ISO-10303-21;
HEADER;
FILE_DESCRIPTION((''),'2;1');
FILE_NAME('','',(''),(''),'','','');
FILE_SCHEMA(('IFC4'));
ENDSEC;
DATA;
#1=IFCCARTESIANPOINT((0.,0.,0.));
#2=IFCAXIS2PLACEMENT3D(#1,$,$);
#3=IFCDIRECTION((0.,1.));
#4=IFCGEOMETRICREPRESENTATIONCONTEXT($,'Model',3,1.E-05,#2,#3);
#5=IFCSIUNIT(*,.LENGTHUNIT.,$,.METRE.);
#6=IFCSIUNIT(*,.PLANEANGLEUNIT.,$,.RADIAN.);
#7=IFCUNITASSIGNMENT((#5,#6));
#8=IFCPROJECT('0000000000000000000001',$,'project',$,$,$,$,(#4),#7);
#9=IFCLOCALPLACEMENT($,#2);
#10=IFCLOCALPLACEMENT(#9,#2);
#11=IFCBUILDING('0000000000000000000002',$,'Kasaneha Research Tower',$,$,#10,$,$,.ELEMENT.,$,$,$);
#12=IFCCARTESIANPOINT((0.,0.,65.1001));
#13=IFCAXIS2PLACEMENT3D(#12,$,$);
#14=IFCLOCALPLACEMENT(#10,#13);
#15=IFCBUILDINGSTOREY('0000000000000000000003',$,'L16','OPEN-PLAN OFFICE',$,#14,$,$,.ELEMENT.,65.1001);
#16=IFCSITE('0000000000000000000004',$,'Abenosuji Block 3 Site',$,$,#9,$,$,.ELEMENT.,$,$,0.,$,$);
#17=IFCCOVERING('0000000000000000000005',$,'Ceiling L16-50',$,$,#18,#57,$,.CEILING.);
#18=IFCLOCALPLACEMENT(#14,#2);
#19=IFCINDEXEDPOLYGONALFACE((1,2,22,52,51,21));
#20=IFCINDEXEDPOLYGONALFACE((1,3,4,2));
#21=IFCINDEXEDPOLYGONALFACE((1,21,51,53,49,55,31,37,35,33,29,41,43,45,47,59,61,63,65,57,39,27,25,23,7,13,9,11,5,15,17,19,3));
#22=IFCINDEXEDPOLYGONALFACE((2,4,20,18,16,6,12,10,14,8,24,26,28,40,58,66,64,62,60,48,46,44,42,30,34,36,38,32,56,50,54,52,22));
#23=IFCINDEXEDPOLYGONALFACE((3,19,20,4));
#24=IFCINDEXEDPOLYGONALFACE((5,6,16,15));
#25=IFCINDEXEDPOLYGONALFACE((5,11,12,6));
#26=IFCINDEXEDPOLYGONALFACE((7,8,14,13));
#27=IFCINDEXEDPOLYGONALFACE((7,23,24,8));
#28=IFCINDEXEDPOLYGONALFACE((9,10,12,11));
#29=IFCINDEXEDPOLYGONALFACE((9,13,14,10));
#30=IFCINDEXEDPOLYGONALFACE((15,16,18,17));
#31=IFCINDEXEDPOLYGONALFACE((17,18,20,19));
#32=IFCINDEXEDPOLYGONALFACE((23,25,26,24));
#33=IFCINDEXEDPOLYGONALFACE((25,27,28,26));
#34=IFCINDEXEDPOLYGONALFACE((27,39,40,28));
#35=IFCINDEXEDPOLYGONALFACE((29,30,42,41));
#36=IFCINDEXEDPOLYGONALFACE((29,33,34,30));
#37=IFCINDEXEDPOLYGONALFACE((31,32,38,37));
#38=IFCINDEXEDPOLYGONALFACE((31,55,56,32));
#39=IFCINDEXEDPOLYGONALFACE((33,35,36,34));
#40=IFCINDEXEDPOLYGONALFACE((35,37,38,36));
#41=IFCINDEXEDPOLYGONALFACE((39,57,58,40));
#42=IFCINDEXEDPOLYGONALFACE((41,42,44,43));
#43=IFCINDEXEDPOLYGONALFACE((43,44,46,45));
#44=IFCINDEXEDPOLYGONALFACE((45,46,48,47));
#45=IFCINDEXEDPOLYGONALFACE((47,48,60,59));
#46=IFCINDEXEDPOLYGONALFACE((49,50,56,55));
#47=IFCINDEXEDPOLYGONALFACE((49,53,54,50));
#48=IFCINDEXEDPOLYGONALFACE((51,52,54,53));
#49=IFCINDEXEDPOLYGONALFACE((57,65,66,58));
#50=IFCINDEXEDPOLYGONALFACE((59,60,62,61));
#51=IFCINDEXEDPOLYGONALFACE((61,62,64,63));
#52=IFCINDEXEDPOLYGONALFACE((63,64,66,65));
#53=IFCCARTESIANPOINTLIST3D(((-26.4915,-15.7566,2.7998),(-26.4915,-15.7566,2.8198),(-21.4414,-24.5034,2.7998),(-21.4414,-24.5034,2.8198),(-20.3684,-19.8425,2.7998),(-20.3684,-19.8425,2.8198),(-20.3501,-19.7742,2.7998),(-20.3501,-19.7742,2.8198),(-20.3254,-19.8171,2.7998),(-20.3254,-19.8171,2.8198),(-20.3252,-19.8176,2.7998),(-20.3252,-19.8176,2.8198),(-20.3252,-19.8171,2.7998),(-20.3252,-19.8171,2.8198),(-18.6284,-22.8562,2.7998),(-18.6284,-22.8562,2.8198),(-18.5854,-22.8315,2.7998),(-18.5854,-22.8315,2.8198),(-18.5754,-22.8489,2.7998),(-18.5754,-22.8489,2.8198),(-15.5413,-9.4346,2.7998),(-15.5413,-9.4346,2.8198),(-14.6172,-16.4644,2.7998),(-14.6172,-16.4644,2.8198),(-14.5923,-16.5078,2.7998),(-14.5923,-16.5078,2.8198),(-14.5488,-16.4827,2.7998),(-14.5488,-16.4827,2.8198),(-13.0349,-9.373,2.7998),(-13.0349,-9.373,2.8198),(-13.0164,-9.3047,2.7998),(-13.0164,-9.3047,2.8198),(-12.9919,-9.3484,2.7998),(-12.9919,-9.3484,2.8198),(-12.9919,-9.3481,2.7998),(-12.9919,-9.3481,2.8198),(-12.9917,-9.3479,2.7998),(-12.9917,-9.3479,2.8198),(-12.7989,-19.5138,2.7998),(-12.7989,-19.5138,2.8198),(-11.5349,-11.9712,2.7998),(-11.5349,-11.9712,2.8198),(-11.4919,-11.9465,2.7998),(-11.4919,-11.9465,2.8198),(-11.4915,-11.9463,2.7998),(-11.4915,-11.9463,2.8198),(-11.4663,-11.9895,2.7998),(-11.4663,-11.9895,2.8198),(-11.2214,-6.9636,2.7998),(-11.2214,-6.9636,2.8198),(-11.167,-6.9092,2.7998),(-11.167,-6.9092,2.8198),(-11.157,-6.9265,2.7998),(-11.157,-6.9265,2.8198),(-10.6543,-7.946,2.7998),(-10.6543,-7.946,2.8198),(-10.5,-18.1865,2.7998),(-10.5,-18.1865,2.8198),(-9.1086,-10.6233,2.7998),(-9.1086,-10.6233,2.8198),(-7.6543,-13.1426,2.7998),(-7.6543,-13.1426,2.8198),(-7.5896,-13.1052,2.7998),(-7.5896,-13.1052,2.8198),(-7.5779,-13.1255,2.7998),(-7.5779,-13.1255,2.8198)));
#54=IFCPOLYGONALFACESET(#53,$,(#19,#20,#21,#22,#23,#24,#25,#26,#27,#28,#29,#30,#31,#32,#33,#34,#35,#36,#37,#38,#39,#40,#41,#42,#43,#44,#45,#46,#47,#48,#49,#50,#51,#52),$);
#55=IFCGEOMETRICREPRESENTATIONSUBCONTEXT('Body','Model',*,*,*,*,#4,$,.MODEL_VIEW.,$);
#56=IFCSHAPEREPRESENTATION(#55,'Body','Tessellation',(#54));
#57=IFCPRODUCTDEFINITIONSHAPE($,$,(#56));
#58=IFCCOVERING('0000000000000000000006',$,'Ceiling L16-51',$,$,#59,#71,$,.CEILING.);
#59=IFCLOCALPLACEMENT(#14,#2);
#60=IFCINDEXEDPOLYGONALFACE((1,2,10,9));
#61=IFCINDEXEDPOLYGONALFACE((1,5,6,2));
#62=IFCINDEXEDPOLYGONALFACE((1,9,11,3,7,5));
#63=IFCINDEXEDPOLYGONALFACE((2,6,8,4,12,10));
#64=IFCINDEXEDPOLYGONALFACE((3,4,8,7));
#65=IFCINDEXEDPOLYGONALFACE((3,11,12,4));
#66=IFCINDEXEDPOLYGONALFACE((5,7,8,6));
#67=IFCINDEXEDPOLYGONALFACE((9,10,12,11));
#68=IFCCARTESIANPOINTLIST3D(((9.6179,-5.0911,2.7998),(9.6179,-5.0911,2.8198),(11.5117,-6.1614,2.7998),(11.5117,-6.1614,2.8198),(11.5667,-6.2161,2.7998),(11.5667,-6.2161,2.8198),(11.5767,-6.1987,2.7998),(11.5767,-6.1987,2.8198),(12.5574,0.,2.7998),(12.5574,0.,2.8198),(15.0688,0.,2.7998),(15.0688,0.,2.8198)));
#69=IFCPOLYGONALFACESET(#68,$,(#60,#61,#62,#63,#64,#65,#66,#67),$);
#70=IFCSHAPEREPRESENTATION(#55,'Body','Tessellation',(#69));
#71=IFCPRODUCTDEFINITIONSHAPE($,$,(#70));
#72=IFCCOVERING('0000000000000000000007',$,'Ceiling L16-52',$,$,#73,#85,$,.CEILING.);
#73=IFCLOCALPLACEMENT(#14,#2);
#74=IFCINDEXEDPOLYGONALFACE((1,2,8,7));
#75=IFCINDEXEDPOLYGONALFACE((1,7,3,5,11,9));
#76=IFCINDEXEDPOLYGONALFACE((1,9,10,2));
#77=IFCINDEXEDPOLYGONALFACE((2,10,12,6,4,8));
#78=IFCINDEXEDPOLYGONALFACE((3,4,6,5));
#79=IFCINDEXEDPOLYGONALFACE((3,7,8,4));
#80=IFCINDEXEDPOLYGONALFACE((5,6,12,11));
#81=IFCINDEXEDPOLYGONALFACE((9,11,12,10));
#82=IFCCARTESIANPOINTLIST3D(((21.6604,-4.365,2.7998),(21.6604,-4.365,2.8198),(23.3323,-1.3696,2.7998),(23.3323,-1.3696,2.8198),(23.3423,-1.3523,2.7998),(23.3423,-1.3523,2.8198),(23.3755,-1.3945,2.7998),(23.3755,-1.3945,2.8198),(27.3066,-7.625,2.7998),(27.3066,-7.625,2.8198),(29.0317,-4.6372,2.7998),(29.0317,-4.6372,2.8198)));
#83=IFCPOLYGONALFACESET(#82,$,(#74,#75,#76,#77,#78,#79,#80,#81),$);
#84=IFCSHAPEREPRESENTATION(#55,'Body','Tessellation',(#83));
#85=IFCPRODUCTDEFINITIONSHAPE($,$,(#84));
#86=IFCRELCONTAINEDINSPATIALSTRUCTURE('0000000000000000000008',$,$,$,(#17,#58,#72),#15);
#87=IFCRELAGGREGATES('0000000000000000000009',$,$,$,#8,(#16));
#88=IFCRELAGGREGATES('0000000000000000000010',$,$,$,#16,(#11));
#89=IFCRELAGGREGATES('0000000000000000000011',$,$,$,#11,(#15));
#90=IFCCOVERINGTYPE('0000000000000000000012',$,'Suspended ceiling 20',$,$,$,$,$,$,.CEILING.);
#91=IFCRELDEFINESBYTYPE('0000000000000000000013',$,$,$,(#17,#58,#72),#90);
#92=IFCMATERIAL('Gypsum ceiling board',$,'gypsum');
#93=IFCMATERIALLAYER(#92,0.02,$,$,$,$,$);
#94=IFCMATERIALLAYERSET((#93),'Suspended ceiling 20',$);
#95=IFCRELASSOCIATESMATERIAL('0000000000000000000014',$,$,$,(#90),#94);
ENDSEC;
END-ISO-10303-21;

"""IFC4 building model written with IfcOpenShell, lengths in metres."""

from ifc_helpers import new_model, si_unit, direction, frame, origin, place, context, subcontext, project, spatial, polyline, outline, extrude, material, layer, layer_set, type_object, element, save


model = new_model("IFC4")

# Units and contexts
model_context = context("Model", 3, precision=1e-05, world=origin(), true_north=direction((0.0, 1.0)))
body_context = subcontext(model_context, "Body", "Model", "MODEL_VIEW")
ifc_project = project(units=[si_unit("LENGTHUNIT", "METRE"), si_unit("PLANEANGLEUNIT", "RADIAN")], contexts=[model_context])

# Site, building, storey
site_placement = place(None, origin())
site = spatial("IfcSite", under=ifc_project, at=site_placement, Name="Abenosuji Block 3 Site", CompositionType="ELEMENT", RefElevation=0.0)
building_placement = place(site_placement, origin())
building = spatial("IfcBuilding", under=site, at=building_placement, Name="Kasaneha Research Tower", CompositionType="ELEMENT")
storey_placement = place(building_placement, frame((0.0, 0.0, 65.1001)))
storey = spatial("IfcBuildingStorey", under=building, at=storey_placement, Name="L16", Description="OPEN-PLAN OFFICE", CompositionType="ELEMENT", Elevation=65.1001)

# Coverings
ifc_material_1 = material(Name="Gypsum ceiling board", Category="gypsum")
ifc_layer_1 = layer(ifc_material_1, 0.02)
ifc_layer_set_1 = layer_set([ifc_layer_1], Name="Suspended ceiling 20")
covering_type = type_object("IfcCoveringType", Name="Suspended ceiling 20", PredefinedType="CEILING", material=ifc_layer_set_1)
covering_1_placement = place(storey_placement, frame((0.0, 0.0, 2.7998)))
element("IfcCovering", 1, at=covering_1_placement, inside=storey, type_object=covering_type, Name="Ceiling L16-50", PredefinedType="CEILING", context=body_context, shape_type="SweptSolid", body=[
    extrude(outline(polyline([(-12.9919, -9.3481), (-12.9919, -9.3484), (-13.0349, -9.373), (-11.5349, -11.9712), (-11.4919, -11.9465), (-11.4919, -11.9465), (-11.4915, -11.9463), (-11.4663, -11.9895), (-9.1086, -10.6233), (-7.6543, -13.1426), (-7.5896, -13.1052), (-7.5779, -13.1255), (-10.5, -18.1865), (-12.8418, -19.5386), (-12.8418, -19.5386), (-12.7988, -19.5139), (-14.5488, -16.4827), (-14.5923, -16.5078), (-14.6172, -16.4644), (-20.3501, -19.7742), (-20.3252, -19.8171), (-20.3254, -19.8171), (-20.3252, -19.8176), (-20.3684, -19.8425), (-18.6284, -22.8562), (-18.5854, -22.8315), (-18.5754, -22.8489), (-21.4414, -24.5034), (-26.4915, -15.7566), (-15.5413, -9.4346), (-11.167, -6.9092), (-11.157, -6.9265), (-11.2214, -6.9636), (-10.6543, -7.946), (-13.0164, -9.3047), (-12.9917, -9.3479), (-12.9919, -9.3481)])), origin(), (0.0, 0.0, 1.0), 0.02),
])
covering_2_placement = place(storey_placement, frame((0.0, 0.0, 2.7998)))
element("IfcCovering", 2, at=covering_2_placement, inside=storey, type_object=covering_type, Name="Ceiling L16-51", PredefinedType="CEILING", context=body_context, shape_type="SweptSolid", body=[
    extrude(outline(polyline([(15.0688, 0.0), (15.0688, 0.0), (11.5117, -6.1614), (11.5767, -6.1987), (11.5667, -6.2161), (9.6179, -5.0911), (12.5574, 0.0), (15.0688, 0.0)])), origin(), (0.0, 0.0, 1.0), 0.02),
])
covering_3_placement = place(storey_placement, frame((0.0, 0.0, 2.7998)))
element("IfcCovering", 3, at=covering_3_placement, inside=storey, type_object=covering_type, Name="Ceiling L16-52", PredefinedType="CEILING", context=body_context, shape_type="SweptSolid", body=[
    extrude(outline(polyline([(29.0317, -4.6372), (27.3066, -7.625), (21.6604, -4.365), (23.3755, -1.3945), (23.3323, -1.3696), (23.3423, -1.3523), (29.0317, -4.6372)])), origin(), (0.0, 0.0, 1.0), 0.02),
])

save(model, "model.ifc")
